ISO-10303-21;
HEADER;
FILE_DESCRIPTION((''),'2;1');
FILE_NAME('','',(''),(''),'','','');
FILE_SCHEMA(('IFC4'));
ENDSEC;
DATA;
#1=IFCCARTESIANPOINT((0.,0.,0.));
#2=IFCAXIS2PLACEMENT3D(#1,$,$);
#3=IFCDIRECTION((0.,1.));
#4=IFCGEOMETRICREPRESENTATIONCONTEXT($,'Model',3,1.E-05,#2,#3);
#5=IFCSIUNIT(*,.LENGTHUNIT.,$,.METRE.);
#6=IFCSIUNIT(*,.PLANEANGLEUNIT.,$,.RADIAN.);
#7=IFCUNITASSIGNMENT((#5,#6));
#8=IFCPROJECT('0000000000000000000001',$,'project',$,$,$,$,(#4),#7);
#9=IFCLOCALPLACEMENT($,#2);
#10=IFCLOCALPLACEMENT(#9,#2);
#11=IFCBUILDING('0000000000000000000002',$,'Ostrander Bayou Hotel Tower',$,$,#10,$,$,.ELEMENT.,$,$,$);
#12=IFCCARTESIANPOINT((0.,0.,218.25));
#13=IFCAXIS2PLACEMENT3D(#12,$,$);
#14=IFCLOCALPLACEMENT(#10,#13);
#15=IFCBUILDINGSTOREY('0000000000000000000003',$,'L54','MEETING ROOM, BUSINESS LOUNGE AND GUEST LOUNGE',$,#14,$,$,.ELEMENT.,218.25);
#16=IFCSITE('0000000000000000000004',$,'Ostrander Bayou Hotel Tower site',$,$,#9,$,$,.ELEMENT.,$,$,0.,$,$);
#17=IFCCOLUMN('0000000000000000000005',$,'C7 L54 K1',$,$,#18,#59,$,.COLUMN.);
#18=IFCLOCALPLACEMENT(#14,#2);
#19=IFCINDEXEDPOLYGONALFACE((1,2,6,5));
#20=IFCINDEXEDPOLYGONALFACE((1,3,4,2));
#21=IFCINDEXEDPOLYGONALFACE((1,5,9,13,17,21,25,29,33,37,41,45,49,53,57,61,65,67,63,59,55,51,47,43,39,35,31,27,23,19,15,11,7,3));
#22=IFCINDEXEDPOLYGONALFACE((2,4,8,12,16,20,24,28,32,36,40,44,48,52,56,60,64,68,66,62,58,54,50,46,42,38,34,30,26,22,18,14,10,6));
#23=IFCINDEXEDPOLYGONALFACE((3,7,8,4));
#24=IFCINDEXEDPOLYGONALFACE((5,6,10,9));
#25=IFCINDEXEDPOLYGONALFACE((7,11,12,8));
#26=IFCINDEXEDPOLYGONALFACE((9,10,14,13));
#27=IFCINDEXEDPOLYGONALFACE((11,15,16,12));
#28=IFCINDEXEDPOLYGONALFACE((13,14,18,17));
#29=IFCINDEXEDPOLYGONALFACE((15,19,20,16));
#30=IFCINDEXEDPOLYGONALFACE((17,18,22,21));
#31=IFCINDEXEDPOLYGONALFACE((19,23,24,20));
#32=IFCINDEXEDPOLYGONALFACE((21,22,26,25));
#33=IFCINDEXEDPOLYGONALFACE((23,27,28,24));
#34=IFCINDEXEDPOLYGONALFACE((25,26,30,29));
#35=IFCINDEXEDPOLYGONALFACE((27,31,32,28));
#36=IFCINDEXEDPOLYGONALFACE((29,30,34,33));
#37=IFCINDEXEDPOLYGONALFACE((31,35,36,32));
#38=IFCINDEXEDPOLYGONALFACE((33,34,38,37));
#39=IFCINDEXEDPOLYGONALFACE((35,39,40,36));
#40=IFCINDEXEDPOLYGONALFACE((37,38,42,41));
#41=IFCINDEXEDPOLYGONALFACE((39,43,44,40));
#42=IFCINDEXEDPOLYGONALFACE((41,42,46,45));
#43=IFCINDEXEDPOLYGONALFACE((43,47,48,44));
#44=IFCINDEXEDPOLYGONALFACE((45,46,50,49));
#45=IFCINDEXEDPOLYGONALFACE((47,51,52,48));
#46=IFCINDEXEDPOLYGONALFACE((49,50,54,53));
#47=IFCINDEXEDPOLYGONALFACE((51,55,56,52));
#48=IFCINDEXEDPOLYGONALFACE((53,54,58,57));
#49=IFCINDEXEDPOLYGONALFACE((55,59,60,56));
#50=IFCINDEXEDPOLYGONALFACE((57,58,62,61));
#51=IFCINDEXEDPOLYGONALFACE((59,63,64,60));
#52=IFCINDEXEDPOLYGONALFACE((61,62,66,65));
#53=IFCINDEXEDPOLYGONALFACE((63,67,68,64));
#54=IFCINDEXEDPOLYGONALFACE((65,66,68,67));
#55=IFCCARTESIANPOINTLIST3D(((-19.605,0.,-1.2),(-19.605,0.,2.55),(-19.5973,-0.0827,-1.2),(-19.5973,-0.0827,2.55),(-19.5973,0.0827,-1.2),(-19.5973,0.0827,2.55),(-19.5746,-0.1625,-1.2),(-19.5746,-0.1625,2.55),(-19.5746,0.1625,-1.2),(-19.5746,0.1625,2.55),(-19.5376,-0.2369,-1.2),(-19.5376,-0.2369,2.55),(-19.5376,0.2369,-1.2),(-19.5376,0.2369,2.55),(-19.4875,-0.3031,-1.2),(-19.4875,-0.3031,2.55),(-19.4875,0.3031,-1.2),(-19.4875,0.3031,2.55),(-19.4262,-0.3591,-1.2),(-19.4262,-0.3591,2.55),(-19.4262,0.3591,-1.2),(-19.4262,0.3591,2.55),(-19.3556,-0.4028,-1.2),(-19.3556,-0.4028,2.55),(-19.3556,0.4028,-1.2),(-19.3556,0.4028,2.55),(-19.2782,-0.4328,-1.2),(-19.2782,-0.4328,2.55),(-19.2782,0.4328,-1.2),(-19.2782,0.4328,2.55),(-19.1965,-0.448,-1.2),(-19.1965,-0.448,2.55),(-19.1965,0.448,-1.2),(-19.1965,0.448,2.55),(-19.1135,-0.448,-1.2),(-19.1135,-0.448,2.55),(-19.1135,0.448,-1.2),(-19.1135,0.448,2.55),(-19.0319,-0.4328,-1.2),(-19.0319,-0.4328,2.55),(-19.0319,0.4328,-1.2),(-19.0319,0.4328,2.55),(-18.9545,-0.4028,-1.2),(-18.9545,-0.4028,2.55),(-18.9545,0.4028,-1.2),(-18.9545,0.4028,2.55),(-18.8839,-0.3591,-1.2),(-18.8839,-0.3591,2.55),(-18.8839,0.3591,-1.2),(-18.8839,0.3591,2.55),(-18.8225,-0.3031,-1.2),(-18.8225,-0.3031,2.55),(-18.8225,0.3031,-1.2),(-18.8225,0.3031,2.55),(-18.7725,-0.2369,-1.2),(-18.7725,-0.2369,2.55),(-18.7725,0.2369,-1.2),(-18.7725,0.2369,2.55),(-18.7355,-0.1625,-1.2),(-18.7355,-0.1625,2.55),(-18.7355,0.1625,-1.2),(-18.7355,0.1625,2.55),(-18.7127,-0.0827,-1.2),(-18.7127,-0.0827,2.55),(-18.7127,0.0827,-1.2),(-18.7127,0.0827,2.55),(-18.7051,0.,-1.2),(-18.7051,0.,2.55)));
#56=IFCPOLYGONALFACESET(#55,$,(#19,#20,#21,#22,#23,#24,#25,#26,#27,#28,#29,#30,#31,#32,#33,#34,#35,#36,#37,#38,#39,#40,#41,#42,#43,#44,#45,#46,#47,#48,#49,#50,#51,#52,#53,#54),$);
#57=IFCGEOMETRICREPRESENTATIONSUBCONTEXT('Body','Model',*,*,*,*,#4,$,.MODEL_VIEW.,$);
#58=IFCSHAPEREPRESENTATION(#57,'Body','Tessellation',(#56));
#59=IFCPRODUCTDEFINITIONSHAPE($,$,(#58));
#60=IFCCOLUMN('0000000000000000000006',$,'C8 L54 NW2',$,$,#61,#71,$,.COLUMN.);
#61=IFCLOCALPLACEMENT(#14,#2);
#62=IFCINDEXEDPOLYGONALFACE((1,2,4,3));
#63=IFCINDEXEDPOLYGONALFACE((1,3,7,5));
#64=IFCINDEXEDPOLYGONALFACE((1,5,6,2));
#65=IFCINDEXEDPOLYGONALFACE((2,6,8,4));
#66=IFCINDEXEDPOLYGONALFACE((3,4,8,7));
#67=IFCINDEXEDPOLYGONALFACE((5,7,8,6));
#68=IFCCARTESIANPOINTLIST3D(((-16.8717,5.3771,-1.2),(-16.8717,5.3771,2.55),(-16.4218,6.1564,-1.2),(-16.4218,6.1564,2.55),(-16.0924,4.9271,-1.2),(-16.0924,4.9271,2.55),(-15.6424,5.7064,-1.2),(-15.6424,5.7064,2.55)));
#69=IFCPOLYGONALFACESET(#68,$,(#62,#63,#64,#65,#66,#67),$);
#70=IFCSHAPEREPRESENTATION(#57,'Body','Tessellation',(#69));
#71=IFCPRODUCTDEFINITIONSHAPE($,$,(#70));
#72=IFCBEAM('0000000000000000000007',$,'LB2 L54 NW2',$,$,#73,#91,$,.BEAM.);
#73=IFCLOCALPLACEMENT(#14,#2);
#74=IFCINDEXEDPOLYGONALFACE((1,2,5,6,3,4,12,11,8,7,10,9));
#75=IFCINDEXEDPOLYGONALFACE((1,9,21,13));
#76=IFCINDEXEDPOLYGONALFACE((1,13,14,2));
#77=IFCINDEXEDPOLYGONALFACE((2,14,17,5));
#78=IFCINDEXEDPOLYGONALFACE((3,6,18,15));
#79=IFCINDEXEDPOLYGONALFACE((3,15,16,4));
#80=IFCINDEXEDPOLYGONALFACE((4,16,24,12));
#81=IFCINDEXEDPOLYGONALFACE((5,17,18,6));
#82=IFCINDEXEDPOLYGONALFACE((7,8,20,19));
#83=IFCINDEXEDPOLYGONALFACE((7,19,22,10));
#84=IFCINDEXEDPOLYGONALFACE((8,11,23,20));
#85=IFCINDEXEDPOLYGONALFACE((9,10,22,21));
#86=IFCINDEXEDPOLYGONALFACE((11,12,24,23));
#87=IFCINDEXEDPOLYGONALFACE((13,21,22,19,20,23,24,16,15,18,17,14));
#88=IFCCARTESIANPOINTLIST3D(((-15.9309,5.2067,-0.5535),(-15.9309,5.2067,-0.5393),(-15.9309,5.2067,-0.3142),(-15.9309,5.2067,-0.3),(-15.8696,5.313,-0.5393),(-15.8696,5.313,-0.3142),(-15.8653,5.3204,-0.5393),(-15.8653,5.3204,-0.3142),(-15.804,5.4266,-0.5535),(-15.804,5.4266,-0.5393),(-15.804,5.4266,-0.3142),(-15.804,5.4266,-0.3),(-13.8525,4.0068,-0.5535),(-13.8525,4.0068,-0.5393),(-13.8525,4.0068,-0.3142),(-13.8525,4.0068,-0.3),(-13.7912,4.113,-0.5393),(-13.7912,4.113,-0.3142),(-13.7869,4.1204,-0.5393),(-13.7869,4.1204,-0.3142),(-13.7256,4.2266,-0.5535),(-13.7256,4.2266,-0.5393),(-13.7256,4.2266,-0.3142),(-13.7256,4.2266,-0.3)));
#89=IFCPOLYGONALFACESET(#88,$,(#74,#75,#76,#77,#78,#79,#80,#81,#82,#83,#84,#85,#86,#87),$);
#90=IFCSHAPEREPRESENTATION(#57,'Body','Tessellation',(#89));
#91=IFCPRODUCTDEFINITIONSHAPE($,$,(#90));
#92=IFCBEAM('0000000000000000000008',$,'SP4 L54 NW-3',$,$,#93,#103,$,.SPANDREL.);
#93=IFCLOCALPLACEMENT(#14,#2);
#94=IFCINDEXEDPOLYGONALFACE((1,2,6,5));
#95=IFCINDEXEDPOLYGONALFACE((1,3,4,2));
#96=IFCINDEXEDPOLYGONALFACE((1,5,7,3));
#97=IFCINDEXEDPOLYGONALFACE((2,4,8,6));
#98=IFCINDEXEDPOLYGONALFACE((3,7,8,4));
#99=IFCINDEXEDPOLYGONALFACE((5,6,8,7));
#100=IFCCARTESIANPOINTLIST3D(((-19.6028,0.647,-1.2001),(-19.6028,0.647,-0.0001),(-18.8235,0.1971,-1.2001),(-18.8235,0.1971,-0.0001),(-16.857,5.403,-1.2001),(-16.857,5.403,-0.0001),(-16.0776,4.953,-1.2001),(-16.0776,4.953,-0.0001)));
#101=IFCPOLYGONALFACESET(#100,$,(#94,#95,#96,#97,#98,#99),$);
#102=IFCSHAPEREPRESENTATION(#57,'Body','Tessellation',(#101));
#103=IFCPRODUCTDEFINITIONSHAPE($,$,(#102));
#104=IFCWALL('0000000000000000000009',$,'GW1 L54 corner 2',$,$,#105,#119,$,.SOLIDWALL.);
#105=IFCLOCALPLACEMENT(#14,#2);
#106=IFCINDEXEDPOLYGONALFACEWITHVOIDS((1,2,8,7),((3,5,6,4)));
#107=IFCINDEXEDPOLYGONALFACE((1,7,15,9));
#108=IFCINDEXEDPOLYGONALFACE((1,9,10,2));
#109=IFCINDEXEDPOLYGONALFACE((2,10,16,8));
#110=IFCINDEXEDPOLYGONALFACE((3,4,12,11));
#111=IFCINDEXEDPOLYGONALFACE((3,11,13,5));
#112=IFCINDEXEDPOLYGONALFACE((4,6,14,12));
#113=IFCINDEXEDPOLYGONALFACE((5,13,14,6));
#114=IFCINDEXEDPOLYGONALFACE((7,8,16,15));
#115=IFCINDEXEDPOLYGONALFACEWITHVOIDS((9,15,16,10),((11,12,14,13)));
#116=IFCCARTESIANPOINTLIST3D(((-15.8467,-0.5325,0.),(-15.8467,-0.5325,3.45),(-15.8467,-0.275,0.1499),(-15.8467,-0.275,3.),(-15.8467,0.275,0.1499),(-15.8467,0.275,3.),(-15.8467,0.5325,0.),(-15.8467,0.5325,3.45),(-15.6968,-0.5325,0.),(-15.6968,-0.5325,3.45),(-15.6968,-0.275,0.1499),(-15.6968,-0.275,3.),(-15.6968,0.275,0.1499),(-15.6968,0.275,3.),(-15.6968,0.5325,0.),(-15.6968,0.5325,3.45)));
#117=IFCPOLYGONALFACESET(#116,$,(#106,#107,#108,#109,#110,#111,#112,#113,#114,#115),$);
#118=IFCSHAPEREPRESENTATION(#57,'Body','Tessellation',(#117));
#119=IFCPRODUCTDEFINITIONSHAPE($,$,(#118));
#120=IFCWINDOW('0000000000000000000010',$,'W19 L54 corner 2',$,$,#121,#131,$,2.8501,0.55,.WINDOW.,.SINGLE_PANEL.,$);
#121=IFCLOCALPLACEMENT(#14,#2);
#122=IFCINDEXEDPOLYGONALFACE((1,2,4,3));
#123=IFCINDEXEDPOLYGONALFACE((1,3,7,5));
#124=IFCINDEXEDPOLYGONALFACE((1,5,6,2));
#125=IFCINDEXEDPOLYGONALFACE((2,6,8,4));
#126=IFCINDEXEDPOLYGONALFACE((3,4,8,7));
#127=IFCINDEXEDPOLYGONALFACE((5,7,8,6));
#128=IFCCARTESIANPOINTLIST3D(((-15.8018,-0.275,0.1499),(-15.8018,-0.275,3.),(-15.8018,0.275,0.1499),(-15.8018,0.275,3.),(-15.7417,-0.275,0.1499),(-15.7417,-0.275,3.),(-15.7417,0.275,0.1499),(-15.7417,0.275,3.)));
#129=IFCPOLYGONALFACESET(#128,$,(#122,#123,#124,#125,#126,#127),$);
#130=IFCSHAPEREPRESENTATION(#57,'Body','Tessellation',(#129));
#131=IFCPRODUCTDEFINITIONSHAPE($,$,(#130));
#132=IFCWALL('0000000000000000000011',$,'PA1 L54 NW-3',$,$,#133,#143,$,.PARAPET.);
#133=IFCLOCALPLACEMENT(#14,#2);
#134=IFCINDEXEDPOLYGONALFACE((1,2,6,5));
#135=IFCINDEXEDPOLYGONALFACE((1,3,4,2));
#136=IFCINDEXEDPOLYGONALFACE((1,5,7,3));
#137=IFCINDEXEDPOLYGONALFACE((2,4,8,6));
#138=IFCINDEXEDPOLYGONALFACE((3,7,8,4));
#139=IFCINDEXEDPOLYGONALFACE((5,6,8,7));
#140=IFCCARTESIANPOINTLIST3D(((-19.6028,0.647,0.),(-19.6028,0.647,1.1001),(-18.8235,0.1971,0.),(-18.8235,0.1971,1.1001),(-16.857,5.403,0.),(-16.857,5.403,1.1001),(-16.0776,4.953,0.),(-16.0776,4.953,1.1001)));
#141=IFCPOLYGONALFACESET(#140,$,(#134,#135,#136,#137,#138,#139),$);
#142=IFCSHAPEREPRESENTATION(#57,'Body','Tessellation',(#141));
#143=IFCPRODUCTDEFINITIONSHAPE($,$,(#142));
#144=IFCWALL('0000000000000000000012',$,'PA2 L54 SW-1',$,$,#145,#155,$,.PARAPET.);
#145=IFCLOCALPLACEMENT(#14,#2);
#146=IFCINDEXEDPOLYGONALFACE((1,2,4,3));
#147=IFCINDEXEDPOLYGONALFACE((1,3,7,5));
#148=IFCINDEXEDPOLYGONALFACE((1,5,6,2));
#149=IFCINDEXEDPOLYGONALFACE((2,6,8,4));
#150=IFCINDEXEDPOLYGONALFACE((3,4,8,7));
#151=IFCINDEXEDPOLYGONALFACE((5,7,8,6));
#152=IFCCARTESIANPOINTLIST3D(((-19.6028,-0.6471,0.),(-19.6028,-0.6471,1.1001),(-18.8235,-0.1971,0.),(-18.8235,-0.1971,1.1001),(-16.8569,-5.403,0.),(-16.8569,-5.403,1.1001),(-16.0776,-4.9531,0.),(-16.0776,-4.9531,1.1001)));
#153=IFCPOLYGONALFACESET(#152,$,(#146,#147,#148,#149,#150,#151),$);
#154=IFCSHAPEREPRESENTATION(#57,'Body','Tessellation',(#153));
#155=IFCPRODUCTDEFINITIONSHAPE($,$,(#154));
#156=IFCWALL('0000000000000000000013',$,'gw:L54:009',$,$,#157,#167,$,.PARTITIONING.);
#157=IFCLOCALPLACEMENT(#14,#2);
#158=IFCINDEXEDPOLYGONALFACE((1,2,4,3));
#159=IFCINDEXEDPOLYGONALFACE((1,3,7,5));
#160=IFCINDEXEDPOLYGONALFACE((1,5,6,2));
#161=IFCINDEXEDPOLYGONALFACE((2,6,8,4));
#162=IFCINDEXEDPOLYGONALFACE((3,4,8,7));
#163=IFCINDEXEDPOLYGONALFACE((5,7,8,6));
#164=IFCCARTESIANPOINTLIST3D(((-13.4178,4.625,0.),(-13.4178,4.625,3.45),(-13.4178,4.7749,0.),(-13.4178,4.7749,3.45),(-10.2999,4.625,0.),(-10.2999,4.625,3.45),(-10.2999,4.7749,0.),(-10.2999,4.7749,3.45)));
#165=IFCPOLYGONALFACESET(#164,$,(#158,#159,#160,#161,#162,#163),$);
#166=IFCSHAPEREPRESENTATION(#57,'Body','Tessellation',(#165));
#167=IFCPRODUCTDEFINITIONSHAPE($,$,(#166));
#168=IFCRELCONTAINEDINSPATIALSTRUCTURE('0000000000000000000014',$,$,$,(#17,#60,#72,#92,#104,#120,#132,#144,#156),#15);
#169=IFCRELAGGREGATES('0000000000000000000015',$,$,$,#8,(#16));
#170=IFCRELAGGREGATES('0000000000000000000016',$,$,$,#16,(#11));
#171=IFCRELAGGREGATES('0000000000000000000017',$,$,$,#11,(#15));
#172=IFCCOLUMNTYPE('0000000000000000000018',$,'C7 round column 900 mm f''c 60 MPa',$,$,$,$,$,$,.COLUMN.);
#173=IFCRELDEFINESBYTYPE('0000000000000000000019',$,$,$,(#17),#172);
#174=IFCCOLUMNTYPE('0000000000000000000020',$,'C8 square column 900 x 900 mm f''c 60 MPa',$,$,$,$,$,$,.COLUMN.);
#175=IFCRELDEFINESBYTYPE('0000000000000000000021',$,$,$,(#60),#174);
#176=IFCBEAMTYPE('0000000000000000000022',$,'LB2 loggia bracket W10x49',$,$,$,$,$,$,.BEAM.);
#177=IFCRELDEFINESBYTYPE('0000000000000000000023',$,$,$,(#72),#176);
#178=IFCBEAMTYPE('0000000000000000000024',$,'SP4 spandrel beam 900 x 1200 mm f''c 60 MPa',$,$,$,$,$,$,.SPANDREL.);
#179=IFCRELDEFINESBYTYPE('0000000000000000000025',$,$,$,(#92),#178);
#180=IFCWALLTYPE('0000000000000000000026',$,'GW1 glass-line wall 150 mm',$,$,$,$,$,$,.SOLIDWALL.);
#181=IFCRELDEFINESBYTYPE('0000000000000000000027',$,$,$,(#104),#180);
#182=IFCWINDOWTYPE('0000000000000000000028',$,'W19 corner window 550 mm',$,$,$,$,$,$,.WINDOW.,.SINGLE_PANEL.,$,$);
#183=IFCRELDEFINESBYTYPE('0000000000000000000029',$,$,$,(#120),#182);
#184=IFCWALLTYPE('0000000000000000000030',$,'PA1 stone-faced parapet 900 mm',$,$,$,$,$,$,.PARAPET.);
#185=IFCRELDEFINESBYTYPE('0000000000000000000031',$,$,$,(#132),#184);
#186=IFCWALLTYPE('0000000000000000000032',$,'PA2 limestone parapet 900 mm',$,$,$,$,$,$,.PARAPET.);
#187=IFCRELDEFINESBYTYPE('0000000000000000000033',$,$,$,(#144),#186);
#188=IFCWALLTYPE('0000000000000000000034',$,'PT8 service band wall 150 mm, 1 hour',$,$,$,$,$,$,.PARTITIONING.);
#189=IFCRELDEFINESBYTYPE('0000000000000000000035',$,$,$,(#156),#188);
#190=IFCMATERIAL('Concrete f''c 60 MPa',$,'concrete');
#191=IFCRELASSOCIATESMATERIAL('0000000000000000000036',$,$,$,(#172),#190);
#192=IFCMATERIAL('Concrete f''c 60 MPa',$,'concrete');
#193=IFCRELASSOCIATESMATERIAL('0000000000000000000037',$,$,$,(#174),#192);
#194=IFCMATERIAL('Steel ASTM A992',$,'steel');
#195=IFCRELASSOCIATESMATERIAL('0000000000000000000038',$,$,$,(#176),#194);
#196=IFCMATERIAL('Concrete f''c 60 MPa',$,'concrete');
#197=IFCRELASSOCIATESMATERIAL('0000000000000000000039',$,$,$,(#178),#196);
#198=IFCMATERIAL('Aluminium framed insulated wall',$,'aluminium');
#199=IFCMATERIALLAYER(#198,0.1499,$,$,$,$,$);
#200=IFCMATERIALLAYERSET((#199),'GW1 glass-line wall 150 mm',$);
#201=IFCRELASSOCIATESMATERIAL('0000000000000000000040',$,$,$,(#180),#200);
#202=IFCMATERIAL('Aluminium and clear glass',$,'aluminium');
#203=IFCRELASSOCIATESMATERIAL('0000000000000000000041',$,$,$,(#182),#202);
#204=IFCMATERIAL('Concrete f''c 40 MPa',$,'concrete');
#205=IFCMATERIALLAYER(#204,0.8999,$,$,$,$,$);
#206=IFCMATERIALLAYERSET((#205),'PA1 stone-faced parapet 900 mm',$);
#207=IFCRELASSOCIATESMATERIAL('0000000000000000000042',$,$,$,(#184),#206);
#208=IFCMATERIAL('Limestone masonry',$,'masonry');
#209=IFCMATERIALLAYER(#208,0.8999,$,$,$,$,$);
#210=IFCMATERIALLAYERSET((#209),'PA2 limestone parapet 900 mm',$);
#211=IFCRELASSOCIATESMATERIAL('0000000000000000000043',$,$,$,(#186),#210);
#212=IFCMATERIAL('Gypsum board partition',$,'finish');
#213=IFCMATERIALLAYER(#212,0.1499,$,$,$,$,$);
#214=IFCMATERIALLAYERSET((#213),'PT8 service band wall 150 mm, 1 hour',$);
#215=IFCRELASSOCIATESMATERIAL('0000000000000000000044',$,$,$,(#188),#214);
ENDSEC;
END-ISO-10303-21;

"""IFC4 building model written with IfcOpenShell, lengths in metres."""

from ifc_helpers import new_model, si_unit, direction, frame, frame_2d, origin, origin_2d, place, context, subcontext, project, spatial, rectangle, circle, i_section, extrude, material, layer, layer_set, material_profile, profile_set, type_object, element, fill, save


model = new_model("IFC4")

# Units and contexts
model_context = context("Model", 3, precision=1e-05, world=origin(), true_north=direction((0.0, 1.0)))
body_context = subcontext(model_context, "Body", "Model", "MODEL_VIEW")
ifc_project = project(units=[si_unit("LENGTHUNIT", "METRE"), si_unit("PLANEANGLEUNIT", "RADIAN")], contexts=[model_context])

# Site, building, storey
site_placement = place(None, origin())
site = spatial("IfcSite", under=ifc_project, at=site_placement, Name="Ostrander Bayou Hotel Tower site", CompositionType="ELEMENT", RefElevation=0.0)
building_placement = place(site_placement, origin())
building = spatial("IfcBuilding", under=site, at=building_placement, Name="Ostrander Bayou Hotel Tower", CompositionType="ELEMENT")
storey_placement = place(building_placement, frame((0.0, 0.0, 218.25)))
storey = spatial("IfcBuildingStorey", under=building, at=storey_placement, Name="L54", Description="MEETING ROOM, BUSINESS LOUNGE AND GUEST LOUNGE", CompositionType="ELEMENT", Elevation=218.25)

# Columns
ifc_material_1 = material(Name="Concrete f'c 60 MPa", Category="concrete")
ifc_material_profile_1 = material_profile(ifc_material_1, circle(Radius=0.45, at=origin_2d()))
ifc_profile_set_1 = profile_set([ifc_material_profile_1], Name="Concrete f'c 60 MPa")
column_type_1 = type_object("IfcColumnType", Name="C7 round column 900 mm f'c 60 MPa", PredefinedType="COLUMN", material=ifc_profile_set_1)
column_1_placement = place(storey_placement, frame((-19.155, 0.0, -1.2), z_axis=(0.0, 0.0, 1.0), x_axis=(1.0, 0.0, 0.0)))
element("IfcColumn", 1, at=column_1_placement, inside=storey, type_object=column_type_1, Name="C7 L54 K1", PredefinedType="COLUMN", context=body_context, shape_type="SweptSolid", body=[
    extrude(circle(Radius=0.45, at=origin_2d()), origin(), (0.0, 0.0, 1.0), 3.75),
])
ifc_material_2 = material(Name="Concrete f'c 60 MPa", Category="concrete")
ifc_material_profile_2 = material_profile(ifc_material_2, rectangle(XDim=0.8999, YDim=0.8999, at=origin_2d()))
ifc_profile_set_2 = profile_set([ifc_material_profile_2], Name="Concrete f'c 60 MPa")
column_type_2 = type_object("IfcColumnType", Name="C8 square column 900 x 900 mm f'c 60 MPa", PredefinedType="COLUMN", material=ifc_profile_set_2)
column_2_placement = place(storey_placement, frame((-16.2571, 5.5417, -1.2), z_axis=(0.0, 0.0, 1.0), x_axis=(0.5, 0.866025, 0.0)))
element("IfcColumn", 2, at=column_2_placement, inside=storey, type_object=column_type_2, Name="C8 L54 NW2", PredefinedType="COLUMN", context=body_context, shape_type="SweptSolid", body=[
    extrude(rectangle(XDim=0.8999, YDim=0.8999, at=origin_2d()), origin(), (0.0, 0.0, 1.0), 3.75),
])

# Beams
ifc_material_3 = material(Name="Steel ASTM A992", Category="steel")
ifc_material_profile_3 = material_profile(ifc_material_3, i_section(OverallWidth=0.2539, OverallDepth=0.2534, WebThickness=0.0085, FlangeThickness=0.0142, at=origin_2d()))
ifc_profile_set_3 = profile_set([ifc_material_profile_3], Name="Steel ASTM A992")
beam_type_1 = type_object("IfcBeamType", Name="LB2 loggia bracket W10x49", PredefinedType="BEAM", material=ifc_profile_set_3)
beam_1_placement = place(storey_placement, frame((-15.8674, 5.3167, -0.4268), z_axis=(0.866025, -0.500001, 0.0), x_axis=(0.500001, 0.866025, 0.0)))
element("IfcBeam", 3, at=beam_1_placement, inside=storey, type_object=beam_type_1, Name="LB2 L54 NW2", PredefinedType="BEAM", context=body_context, shape_type="SweptSolid", body=[
    extrude(i_section(OverallWidth=0.2539, OverallDepth=0.2534, WebThickness=0.0085, FlangeThickness=0.0142, at=origin_2d()), origin(), (0.0, 0.0, 1.0), 2.3999),
])
ifc_material_4 = material(Name="Concrete f'c 60 MPa", Category="concrete")
ifc_material_profile_4 = material_profile(ifc_material_4, rectangle(XDim=0.8999, YDim=1.2, at=origin_2d()))
ifc_profile_set_4 = profile_set([ifc_material_profile_4], Name="Concrete f'c 60 MPa")
beam_type_2 = type_object("IfcBeamType", Name="SP4 spandrel beam 900 x 1200 mm f'c 60 MPa", PredefinedType="SPANDREL", material=ifc_profile_set_4)
beam_2_placement = place(storey_placement, frame((-16.4673, 5.178, -0.6001), z_axis=(-0.500007, -0.866021, 0.0), x_axis=(0.866021, -0.500007, 0.0)))
element("IfcBeam", 4, at=beam_2_placement, inside=storey, type_object=beam_type_2, Name="SP4 L54 NW-3", PredefinedType="SPANDREL", context=body_context, shape_type="SweptSolid", body=[
    extrude(rectangle(XDim=0.8999, YDim=1.2, at=origin_2d()), origin(), (0.0, 0.0, 1.0), 5.4917),
])

# Wall, opening, window
ifc_material_5 = material(Name="Aluminium framed insulated wall", Category="aluminium")
ifc_layer_1 = layer(ifc_material_5, 0.1499)
ifc_layer_set_1 = layer_set([ifc_layer_1], Name="GW1 glass-line wall 150 mm")
wall_type_1 = type_object("IfcWallType", Name="GW1 glass-line wall 150 mm", PredefinedType="SOLIDWALL", material=ifc_layer_set_1)
wall_1_placement = place(storey_placement, frame((-15.7717, 0.5325, 0.0), z_axis=(0.0, 0.0, 1.0), x_axis=(0.0, -1.0, 0.0)))
wall_1 = element("IfcWall", 5, at=wall_1_placement, inside=storey, type_object=wall_type_1, Name="GW1 L54 corner 2", PredefinedType="SOLIDWALL", context=body_context, shape_type="SweptSolid", body=[
    extrude(rectangle(XDim=1.0649, YDim=0.1499, at=frame_2d((0.5325, 0.0))), origin(), (0.0, 0.0, 1.0), 3.45),
])
opening_placement = place(wall_1_placement, frame((0.2576, 0.0, 0.1499)))
opening = element("IfcOpeningElement", 6, at=opening_placement, cuts=wall_1, PredefinedType="OPENING", context=body_context, shape_type="SweptSolid", body=[
    extrude(rectangle(XDim=0.55, YDim=2.8501, at=frame_2d((0.2749, 1.425))), frame((0.0, 0.075, 0.0), z_axis=(0.0, -1.0, 0.0), x_axis=(1.0, 0.0, 0.0)), (0.0, 0.0, 1.0), 0.1499),
])
ifc_material_6 = material(Name="Aluminium and clear glass", Category="aluminium")
window_type = type_object("IfcWindowType", Name="W19 corner window 550 mm", PartitioningType="SINGLE_PANEL", PredefinedType="WINDOW", material=ifc_material_6)
window_placement = place(opening_placement, origin())
window = element("IfcWindow", 7, at=window_placement, inside=storey, type_object=window_type, Name="W19 L54 corner 2", OverallHeight=2.8501, OverallWidth=0.55, PartitioningType="SINGLE_PANEL", PredefinedType="WINDOW", context=body_context, shape_type="SweptSolid", body=[
    extrude(rectangle(XDim=0.55, YDim=2.8501, at=frame_2d((0.2749, 1.425))), frame((0.0, 0.03, 0.0), z_axis=(0.0, -1.0, 0.0), x_axis=(1.0, 0.0, 0.0)), (0.0, 0.0, 1.0), 0.0601),
])
fill(opening, window)

# Walls
ifc_material_7 = material(Name="Concrete f'c 40 MPa", Category="concrete")
ifc_layer_2 = layer(ifc_material_7, 0.8999)
ifc_layer_set_2 = layer_set([ifc_layer_2], Name="PA1 stone-faced parapet 900 mm")
wall_type_2 = type_object("IfcWallType", Name="PA1 stone-faced parapet 900 mm", PredefinedType="PARAPET", material=ifc_layer_set_2)
wall_2_placement = place(storey_placement, frame((-16.4673, 5.178, 0.0), z_axis=(0.0, 0.0, 1.0), x_axis=(-0.500007, -0.866021, 0.0)))
element("IfcWall", 8, at=wall_2_placement, inside=storey, type_object=wall_type_2, Name="PA1 L54 NW-3", PredefinedType="PARAPET", context=body_context, shape_type="SweptSolid", body=[
    extrude(rectangle(XDim=5.4917, YDim=0.8999, at=frame_2d((2.7458, 0.0))), origin(), (0.0, 0.0, 1.0), 1.1001),
])
ifc_material_8 = material(Name="Limestone masonry", Category="masonry")
ifc_layer_3 = layer(ifc_material_8, 0.8999)
ifc_layer_set_3 = layer_set([ifc_layer_3], Name="PA2 limestone parapet 900 mm")
wall_type_3 = type_object("IfcWallType", Name="PA2 limestone parapet 900 mm", PredefinedType="PARAPET", material=ifc_layer_set_3)
wall_3_placement = place(storey_placement, frame((-19.2131, -0.4221, 0.0), z_axis=(0.0, 0.0, 1.0), x_axis=(0.500007, -0.866021, 0.0)))
element("IfcWall", 9, at=wall_3_placement, inside=storey, type_object=wall_type_3, Name="PA2 L54 SW-1", PredefinedType="PARAPET", context=body_context, shape_type="SweptSolid", body=[
    extrude(rectangle(XDim=5.4917, YDim=0.8999, at=frame_2d((2.7458, 0.0))), origin(), (0.0, 0.0, 1.0), 1.1001),
])
ifc_material_9 = material(Name="Gypsum board partition", Category="finish")
ifc_layer_4 = layer(ifc_material_9, 0.1499)
ifc_layer_set_4 = layer_set([ifc_layer_4], Name="PT8 service band wall 150 mm, 1 hour")
wall_type_4 = type_object("IfcWallType", Name="PT8 service band wall 150 mm, 1 hour", PredefinedType="PARTITIONING", material=ifc_layer_set_4)
wall_4_placement = place(storey_placement, frame((-13.418, 4.7, 0.0), z_axis=(0.0, 0.0, 1.0), x_axis=(1.0, 0.0, 0.0)))
element("IfcWall", 10, at=wall_4_placement, inside=storey, type_object=wall_type_4, Name="gw:L54:009", PredefinedType="PARTITIONING", context=body_context, shape_type="SweptSolid", body=[
    extrude(rectangle(XDim=3.1179, YDim=0.1499, at=frame_2d((1.5591, 0.0))), origin(), (0.0, 0.0, 1.0), 3.45),
])

save(model, "model.ifc")
